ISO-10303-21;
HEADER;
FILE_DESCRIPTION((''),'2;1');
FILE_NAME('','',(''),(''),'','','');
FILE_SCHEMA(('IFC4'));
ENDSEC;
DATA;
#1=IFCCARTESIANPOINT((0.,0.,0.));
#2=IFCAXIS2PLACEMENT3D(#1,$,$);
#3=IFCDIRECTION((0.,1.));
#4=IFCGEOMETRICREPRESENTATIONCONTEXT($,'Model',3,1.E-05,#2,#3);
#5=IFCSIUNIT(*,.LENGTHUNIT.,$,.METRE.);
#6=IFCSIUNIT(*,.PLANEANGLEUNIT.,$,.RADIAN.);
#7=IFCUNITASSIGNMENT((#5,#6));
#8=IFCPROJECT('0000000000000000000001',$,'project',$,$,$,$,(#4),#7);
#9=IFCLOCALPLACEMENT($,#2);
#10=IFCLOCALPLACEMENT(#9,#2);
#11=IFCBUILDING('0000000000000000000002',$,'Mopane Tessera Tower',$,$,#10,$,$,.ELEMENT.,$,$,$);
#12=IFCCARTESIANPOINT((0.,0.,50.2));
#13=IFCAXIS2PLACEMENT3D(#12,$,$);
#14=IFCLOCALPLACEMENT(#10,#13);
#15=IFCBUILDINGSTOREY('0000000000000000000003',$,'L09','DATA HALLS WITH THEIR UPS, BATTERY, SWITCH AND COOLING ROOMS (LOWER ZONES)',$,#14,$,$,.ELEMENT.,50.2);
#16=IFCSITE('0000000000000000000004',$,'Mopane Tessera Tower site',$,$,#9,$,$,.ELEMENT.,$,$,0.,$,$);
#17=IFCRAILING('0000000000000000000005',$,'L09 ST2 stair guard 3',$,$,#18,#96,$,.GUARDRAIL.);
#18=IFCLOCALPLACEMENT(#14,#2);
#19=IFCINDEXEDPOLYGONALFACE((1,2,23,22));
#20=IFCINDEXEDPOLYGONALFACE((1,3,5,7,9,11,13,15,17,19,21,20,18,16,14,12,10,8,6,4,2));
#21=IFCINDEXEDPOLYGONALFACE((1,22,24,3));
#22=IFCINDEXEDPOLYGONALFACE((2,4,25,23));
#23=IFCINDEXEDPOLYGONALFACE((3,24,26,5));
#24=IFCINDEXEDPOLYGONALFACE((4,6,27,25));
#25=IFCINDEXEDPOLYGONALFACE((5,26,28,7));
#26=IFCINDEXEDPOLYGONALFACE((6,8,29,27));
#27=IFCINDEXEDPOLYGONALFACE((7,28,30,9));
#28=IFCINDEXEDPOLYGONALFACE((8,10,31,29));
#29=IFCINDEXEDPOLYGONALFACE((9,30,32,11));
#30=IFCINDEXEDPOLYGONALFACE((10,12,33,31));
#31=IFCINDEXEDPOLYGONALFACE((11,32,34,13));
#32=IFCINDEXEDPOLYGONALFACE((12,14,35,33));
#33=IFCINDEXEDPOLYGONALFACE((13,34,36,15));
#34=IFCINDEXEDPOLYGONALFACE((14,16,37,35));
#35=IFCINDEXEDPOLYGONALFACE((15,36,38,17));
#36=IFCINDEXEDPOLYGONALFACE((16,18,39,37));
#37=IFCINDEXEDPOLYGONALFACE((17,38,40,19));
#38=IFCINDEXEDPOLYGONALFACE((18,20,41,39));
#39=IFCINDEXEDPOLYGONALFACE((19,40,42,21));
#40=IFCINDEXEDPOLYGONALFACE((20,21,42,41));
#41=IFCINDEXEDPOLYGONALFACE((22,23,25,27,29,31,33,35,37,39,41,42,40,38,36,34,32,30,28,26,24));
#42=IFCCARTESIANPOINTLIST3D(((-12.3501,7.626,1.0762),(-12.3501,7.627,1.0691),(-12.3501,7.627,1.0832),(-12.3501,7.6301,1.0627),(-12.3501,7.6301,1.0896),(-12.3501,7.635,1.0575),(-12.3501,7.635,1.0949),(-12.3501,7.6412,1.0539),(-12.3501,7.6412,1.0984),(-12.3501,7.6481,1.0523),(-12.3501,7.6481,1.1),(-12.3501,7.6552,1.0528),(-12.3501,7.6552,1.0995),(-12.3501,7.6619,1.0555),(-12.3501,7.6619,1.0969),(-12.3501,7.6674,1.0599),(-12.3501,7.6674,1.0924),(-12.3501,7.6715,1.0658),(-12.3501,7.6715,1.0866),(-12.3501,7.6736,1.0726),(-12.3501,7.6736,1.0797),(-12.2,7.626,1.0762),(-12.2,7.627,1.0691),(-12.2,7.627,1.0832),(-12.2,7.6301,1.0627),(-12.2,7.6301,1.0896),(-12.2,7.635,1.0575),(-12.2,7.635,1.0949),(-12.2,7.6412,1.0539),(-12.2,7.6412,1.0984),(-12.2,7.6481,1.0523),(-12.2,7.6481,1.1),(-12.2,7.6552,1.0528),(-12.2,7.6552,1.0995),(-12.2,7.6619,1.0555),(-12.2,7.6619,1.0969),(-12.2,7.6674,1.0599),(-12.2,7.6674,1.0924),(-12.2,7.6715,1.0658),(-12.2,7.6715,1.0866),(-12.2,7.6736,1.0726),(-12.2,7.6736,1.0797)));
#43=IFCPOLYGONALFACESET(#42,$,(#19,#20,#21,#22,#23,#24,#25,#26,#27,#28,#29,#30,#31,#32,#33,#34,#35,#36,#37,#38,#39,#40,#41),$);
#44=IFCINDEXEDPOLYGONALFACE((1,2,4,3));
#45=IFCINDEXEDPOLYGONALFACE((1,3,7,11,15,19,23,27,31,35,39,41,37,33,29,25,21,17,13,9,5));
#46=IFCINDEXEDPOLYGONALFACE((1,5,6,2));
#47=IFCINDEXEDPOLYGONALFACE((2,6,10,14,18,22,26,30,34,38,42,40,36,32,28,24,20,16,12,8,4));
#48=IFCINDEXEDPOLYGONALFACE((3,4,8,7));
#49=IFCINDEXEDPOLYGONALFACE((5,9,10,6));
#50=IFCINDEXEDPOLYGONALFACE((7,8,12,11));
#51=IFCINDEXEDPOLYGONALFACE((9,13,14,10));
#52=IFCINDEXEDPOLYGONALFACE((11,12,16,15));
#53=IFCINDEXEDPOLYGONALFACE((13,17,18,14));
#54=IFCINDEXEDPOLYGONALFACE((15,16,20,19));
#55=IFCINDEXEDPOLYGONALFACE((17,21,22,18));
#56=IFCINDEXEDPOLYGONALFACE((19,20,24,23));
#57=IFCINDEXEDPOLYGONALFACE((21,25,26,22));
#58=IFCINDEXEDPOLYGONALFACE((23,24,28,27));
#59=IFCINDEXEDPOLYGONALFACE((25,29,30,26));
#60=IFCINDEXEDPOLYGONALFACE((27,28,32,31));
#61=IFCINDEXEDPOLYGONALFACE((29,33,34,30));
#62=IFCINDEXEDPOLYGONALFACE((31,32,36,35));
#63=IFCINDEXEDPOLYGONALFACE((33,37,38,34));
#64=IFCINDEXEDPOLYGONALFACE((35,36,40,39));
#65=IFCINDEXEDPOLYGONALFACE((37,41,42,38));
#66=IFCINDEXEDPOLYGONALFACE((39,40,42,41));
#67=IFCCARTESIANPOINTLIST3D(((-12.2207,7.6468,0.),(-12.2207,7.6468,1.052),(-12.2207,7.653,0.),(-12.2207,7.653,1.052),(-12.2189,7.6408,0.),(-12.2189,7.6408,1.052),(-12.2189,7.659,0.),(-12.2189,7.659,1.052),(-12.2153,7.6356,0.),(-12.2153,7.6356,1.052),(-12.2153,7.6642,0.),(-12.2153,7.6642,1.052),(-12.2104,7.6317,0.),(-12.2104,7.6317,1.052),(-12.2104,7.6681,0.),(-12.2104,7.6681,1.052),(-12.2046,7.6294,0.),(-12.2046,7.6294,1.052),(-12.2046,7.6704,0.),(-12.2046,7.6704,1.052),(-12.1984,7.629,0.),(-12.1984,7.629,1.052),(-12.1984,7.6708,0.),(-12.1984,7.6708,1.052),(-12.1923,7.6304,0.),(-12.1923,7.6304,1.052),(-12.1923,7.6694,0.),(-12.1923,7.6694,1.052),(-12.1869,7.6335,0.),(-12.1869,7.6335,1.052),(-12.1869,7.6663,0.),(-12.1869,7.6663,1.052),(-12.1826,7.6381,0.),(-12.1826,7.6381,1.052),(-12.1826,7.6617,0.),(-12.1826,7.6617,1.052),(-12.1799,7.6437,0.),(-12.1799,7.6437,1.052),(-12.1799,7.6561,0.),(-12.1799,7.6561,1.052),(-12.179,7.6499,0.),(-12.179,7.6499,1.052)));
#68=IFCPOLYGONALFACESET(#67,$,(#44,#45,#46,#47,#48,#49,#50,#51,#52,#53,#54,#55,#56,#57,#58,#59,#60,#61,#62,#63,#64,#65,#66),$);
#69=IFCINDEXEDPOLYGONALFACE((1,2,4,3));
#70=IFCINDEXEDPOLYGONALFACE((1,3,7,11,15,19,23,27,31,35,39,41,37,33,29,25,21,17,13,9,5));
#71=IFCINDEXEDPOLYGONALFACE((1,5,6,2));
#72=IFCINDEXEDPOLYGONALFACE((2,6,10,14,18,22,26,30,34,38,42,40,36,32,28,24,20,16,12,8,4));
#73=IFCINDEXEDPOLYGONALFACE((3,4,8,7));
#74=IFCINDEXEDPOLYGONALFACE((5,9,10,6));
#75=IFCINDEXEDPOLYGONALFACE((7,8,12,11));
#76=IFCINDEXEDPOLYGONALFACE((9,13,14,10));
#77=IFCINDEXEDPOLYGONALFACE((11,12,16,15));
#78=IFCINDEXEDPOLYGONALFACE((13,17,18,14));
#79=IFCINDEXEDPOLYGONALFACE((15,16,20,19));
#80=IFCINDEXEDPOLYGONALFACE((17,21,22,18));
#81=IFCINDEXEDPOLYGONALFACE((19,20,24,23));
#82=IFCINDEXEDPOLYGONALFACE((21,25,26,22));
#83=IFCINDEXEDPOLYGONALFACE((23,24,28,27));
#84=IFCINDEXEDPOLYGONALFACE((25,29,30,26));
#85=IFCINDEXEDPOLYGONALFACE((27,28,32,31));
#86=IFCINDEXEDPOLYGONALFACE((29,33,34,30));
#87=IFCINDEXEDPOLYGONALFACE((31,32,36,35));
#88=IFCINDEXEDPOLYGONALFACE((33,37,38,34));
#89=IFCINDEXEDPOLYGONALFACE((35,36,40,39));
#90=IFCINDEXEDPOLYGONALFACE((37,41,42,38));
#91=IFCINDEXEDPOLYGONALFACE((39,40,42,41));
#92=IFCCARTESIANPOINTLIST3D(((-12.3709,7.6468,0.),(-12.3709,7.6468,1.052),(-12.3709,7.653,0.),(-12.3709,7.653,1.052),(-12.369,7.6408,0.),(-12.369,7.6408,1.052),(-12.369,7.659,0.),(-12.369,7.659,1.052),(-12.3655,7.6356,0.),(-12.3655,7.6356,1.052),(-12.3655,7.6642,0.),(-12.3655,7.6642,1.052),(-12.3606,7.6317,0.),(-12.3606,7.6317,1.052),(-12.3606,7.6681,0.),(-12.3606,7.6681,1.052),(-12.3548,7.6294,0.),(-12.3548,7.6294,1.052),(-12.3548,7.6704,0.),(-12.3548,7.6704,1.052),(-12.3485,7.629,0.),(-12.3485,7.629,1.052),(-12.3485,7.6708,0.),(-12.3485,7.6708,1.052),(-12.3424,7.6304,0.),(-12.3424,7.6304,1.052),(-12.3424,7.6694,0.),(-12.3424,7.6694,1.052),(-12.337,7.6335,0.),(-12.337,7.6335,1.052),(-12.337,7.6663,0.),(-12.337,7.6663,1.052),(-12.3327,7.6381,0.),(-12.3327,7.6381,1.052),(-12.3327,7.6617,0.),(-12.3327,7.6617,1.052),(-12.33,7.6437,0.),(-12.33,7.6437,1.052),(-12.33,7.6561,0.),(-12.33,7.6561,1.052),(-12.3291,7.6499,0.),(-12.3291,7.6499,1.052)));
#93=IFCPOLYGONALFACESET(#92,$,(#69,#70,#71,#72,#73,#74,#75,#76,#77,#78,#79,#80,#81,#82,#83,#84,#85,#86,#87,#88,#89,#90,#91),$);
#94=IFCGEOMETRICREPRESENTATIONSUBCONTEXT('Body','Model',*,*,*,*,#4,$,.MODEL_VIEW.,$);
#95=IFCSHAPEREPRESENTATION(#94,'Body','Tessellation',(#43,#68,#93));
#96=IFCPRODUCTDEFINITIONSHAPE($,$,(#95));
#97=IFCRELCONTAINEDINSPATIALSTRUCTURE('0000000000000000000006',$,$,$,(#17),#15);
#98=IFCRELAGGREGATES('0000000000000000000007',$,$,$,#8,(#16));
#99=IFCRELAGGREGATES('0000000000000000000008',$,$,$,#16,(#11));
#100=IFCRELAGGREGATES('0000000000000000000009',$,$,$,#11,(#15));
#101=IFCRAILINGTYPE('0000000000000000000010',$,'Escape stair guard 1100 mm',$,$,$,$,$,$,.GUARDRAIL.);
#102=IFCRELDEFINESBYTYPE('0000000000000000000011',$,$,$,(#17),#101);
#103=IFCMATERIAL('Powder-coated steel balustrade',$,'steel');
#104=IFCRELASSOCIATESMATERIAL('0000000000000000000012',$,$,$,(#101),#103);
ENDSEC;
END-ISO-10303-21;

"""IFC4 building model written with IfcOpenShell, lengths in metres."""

from ifc_helpers import new_model, si_unit, direction, frame, origin, origin_2d, place, context, subcontext, project, spatial, circle, extrude, material, type_object, element, save


model = new_model("IFC4")

# Units and contexts
model_context = context("Model", 3, precision=1e-05, world=origin(), true_north=direction((0.0, 1.0)))
body_context = subcontext(model_context, "Body", "Model", "MODEL_VIEW")
ifc_project = project(units=[si_unit("LENGTHUNIT", "METRE"), si_unit("PLANEANGLEUNIT", "RADIAN")], contexts=[model_context])

# Site, building, storey
site_placement = place(None, origin())
site = spatial("IfcSite", under=ifc_project, at=site_placement, Name="Mopane Tessera Tower site", CompositionType="ELEMENT", RefElevation=0.0)
building_placement = place(site_placement, origin())
building = spatial("IfcBuilding", under=site, at=building_placement, Name="Mopane Tessera Tower", CompositionType="ELEMENT")
storey_placement = place(building_placement, frame((0.0, 0.0, 50.2)))
storey = spatial("IfcBuildingStorey", under=building, at=storey_placement, Name="L09", Description="DATA HALLS WITH THEIR UPS, BATTERY, SWITCH AND COOLING ROOMS (LOWER ZONES)", CompositionType="ELEMENT", Elevation=50.2)

# Railing
ifc_material_1 = material(Name="Powder-coated steel balustrade", Category="steel")
railing_type_1 = type_object("IfcRailingType", Name="Escape stair guard 1100 mm", PredefinedType="GUARDRAIL", material=ifc_material_1)
railing_1_placement = place(storey_placement, frame((-12.2, 7.6499, 0.0)))
element("IfcRailing", 1, at=railing_1_placement, inside=storey, type_object=railing_type_1, Name="L09 ST2 stair guard 3", PredefinedType="GUARDRAIL", context=body_context, shape_type="SweptSolid", body=[
    extrude(circle(Radius=0.0239, at=origin_2d()), frame((0.0, 0.0, 1.0762), z_axis=(-1.0, 0.0, 0.0), x_axis=(0.0, -1.0, 0.0)), (0.0, 0.0, 1.0), 0.1501),
    extrude(circle(Radius=0.021, at=origin_2d()), origin(), (0.0, 0.0, 1.0), 1.052),
    extrude(circle(Radius=0.021, at=origin_2d()), frame((-0.1501, 0.0, 0.0)), (0.0, 0.0, 1.0), 1.052),
])

save(model, "model.ifc")
